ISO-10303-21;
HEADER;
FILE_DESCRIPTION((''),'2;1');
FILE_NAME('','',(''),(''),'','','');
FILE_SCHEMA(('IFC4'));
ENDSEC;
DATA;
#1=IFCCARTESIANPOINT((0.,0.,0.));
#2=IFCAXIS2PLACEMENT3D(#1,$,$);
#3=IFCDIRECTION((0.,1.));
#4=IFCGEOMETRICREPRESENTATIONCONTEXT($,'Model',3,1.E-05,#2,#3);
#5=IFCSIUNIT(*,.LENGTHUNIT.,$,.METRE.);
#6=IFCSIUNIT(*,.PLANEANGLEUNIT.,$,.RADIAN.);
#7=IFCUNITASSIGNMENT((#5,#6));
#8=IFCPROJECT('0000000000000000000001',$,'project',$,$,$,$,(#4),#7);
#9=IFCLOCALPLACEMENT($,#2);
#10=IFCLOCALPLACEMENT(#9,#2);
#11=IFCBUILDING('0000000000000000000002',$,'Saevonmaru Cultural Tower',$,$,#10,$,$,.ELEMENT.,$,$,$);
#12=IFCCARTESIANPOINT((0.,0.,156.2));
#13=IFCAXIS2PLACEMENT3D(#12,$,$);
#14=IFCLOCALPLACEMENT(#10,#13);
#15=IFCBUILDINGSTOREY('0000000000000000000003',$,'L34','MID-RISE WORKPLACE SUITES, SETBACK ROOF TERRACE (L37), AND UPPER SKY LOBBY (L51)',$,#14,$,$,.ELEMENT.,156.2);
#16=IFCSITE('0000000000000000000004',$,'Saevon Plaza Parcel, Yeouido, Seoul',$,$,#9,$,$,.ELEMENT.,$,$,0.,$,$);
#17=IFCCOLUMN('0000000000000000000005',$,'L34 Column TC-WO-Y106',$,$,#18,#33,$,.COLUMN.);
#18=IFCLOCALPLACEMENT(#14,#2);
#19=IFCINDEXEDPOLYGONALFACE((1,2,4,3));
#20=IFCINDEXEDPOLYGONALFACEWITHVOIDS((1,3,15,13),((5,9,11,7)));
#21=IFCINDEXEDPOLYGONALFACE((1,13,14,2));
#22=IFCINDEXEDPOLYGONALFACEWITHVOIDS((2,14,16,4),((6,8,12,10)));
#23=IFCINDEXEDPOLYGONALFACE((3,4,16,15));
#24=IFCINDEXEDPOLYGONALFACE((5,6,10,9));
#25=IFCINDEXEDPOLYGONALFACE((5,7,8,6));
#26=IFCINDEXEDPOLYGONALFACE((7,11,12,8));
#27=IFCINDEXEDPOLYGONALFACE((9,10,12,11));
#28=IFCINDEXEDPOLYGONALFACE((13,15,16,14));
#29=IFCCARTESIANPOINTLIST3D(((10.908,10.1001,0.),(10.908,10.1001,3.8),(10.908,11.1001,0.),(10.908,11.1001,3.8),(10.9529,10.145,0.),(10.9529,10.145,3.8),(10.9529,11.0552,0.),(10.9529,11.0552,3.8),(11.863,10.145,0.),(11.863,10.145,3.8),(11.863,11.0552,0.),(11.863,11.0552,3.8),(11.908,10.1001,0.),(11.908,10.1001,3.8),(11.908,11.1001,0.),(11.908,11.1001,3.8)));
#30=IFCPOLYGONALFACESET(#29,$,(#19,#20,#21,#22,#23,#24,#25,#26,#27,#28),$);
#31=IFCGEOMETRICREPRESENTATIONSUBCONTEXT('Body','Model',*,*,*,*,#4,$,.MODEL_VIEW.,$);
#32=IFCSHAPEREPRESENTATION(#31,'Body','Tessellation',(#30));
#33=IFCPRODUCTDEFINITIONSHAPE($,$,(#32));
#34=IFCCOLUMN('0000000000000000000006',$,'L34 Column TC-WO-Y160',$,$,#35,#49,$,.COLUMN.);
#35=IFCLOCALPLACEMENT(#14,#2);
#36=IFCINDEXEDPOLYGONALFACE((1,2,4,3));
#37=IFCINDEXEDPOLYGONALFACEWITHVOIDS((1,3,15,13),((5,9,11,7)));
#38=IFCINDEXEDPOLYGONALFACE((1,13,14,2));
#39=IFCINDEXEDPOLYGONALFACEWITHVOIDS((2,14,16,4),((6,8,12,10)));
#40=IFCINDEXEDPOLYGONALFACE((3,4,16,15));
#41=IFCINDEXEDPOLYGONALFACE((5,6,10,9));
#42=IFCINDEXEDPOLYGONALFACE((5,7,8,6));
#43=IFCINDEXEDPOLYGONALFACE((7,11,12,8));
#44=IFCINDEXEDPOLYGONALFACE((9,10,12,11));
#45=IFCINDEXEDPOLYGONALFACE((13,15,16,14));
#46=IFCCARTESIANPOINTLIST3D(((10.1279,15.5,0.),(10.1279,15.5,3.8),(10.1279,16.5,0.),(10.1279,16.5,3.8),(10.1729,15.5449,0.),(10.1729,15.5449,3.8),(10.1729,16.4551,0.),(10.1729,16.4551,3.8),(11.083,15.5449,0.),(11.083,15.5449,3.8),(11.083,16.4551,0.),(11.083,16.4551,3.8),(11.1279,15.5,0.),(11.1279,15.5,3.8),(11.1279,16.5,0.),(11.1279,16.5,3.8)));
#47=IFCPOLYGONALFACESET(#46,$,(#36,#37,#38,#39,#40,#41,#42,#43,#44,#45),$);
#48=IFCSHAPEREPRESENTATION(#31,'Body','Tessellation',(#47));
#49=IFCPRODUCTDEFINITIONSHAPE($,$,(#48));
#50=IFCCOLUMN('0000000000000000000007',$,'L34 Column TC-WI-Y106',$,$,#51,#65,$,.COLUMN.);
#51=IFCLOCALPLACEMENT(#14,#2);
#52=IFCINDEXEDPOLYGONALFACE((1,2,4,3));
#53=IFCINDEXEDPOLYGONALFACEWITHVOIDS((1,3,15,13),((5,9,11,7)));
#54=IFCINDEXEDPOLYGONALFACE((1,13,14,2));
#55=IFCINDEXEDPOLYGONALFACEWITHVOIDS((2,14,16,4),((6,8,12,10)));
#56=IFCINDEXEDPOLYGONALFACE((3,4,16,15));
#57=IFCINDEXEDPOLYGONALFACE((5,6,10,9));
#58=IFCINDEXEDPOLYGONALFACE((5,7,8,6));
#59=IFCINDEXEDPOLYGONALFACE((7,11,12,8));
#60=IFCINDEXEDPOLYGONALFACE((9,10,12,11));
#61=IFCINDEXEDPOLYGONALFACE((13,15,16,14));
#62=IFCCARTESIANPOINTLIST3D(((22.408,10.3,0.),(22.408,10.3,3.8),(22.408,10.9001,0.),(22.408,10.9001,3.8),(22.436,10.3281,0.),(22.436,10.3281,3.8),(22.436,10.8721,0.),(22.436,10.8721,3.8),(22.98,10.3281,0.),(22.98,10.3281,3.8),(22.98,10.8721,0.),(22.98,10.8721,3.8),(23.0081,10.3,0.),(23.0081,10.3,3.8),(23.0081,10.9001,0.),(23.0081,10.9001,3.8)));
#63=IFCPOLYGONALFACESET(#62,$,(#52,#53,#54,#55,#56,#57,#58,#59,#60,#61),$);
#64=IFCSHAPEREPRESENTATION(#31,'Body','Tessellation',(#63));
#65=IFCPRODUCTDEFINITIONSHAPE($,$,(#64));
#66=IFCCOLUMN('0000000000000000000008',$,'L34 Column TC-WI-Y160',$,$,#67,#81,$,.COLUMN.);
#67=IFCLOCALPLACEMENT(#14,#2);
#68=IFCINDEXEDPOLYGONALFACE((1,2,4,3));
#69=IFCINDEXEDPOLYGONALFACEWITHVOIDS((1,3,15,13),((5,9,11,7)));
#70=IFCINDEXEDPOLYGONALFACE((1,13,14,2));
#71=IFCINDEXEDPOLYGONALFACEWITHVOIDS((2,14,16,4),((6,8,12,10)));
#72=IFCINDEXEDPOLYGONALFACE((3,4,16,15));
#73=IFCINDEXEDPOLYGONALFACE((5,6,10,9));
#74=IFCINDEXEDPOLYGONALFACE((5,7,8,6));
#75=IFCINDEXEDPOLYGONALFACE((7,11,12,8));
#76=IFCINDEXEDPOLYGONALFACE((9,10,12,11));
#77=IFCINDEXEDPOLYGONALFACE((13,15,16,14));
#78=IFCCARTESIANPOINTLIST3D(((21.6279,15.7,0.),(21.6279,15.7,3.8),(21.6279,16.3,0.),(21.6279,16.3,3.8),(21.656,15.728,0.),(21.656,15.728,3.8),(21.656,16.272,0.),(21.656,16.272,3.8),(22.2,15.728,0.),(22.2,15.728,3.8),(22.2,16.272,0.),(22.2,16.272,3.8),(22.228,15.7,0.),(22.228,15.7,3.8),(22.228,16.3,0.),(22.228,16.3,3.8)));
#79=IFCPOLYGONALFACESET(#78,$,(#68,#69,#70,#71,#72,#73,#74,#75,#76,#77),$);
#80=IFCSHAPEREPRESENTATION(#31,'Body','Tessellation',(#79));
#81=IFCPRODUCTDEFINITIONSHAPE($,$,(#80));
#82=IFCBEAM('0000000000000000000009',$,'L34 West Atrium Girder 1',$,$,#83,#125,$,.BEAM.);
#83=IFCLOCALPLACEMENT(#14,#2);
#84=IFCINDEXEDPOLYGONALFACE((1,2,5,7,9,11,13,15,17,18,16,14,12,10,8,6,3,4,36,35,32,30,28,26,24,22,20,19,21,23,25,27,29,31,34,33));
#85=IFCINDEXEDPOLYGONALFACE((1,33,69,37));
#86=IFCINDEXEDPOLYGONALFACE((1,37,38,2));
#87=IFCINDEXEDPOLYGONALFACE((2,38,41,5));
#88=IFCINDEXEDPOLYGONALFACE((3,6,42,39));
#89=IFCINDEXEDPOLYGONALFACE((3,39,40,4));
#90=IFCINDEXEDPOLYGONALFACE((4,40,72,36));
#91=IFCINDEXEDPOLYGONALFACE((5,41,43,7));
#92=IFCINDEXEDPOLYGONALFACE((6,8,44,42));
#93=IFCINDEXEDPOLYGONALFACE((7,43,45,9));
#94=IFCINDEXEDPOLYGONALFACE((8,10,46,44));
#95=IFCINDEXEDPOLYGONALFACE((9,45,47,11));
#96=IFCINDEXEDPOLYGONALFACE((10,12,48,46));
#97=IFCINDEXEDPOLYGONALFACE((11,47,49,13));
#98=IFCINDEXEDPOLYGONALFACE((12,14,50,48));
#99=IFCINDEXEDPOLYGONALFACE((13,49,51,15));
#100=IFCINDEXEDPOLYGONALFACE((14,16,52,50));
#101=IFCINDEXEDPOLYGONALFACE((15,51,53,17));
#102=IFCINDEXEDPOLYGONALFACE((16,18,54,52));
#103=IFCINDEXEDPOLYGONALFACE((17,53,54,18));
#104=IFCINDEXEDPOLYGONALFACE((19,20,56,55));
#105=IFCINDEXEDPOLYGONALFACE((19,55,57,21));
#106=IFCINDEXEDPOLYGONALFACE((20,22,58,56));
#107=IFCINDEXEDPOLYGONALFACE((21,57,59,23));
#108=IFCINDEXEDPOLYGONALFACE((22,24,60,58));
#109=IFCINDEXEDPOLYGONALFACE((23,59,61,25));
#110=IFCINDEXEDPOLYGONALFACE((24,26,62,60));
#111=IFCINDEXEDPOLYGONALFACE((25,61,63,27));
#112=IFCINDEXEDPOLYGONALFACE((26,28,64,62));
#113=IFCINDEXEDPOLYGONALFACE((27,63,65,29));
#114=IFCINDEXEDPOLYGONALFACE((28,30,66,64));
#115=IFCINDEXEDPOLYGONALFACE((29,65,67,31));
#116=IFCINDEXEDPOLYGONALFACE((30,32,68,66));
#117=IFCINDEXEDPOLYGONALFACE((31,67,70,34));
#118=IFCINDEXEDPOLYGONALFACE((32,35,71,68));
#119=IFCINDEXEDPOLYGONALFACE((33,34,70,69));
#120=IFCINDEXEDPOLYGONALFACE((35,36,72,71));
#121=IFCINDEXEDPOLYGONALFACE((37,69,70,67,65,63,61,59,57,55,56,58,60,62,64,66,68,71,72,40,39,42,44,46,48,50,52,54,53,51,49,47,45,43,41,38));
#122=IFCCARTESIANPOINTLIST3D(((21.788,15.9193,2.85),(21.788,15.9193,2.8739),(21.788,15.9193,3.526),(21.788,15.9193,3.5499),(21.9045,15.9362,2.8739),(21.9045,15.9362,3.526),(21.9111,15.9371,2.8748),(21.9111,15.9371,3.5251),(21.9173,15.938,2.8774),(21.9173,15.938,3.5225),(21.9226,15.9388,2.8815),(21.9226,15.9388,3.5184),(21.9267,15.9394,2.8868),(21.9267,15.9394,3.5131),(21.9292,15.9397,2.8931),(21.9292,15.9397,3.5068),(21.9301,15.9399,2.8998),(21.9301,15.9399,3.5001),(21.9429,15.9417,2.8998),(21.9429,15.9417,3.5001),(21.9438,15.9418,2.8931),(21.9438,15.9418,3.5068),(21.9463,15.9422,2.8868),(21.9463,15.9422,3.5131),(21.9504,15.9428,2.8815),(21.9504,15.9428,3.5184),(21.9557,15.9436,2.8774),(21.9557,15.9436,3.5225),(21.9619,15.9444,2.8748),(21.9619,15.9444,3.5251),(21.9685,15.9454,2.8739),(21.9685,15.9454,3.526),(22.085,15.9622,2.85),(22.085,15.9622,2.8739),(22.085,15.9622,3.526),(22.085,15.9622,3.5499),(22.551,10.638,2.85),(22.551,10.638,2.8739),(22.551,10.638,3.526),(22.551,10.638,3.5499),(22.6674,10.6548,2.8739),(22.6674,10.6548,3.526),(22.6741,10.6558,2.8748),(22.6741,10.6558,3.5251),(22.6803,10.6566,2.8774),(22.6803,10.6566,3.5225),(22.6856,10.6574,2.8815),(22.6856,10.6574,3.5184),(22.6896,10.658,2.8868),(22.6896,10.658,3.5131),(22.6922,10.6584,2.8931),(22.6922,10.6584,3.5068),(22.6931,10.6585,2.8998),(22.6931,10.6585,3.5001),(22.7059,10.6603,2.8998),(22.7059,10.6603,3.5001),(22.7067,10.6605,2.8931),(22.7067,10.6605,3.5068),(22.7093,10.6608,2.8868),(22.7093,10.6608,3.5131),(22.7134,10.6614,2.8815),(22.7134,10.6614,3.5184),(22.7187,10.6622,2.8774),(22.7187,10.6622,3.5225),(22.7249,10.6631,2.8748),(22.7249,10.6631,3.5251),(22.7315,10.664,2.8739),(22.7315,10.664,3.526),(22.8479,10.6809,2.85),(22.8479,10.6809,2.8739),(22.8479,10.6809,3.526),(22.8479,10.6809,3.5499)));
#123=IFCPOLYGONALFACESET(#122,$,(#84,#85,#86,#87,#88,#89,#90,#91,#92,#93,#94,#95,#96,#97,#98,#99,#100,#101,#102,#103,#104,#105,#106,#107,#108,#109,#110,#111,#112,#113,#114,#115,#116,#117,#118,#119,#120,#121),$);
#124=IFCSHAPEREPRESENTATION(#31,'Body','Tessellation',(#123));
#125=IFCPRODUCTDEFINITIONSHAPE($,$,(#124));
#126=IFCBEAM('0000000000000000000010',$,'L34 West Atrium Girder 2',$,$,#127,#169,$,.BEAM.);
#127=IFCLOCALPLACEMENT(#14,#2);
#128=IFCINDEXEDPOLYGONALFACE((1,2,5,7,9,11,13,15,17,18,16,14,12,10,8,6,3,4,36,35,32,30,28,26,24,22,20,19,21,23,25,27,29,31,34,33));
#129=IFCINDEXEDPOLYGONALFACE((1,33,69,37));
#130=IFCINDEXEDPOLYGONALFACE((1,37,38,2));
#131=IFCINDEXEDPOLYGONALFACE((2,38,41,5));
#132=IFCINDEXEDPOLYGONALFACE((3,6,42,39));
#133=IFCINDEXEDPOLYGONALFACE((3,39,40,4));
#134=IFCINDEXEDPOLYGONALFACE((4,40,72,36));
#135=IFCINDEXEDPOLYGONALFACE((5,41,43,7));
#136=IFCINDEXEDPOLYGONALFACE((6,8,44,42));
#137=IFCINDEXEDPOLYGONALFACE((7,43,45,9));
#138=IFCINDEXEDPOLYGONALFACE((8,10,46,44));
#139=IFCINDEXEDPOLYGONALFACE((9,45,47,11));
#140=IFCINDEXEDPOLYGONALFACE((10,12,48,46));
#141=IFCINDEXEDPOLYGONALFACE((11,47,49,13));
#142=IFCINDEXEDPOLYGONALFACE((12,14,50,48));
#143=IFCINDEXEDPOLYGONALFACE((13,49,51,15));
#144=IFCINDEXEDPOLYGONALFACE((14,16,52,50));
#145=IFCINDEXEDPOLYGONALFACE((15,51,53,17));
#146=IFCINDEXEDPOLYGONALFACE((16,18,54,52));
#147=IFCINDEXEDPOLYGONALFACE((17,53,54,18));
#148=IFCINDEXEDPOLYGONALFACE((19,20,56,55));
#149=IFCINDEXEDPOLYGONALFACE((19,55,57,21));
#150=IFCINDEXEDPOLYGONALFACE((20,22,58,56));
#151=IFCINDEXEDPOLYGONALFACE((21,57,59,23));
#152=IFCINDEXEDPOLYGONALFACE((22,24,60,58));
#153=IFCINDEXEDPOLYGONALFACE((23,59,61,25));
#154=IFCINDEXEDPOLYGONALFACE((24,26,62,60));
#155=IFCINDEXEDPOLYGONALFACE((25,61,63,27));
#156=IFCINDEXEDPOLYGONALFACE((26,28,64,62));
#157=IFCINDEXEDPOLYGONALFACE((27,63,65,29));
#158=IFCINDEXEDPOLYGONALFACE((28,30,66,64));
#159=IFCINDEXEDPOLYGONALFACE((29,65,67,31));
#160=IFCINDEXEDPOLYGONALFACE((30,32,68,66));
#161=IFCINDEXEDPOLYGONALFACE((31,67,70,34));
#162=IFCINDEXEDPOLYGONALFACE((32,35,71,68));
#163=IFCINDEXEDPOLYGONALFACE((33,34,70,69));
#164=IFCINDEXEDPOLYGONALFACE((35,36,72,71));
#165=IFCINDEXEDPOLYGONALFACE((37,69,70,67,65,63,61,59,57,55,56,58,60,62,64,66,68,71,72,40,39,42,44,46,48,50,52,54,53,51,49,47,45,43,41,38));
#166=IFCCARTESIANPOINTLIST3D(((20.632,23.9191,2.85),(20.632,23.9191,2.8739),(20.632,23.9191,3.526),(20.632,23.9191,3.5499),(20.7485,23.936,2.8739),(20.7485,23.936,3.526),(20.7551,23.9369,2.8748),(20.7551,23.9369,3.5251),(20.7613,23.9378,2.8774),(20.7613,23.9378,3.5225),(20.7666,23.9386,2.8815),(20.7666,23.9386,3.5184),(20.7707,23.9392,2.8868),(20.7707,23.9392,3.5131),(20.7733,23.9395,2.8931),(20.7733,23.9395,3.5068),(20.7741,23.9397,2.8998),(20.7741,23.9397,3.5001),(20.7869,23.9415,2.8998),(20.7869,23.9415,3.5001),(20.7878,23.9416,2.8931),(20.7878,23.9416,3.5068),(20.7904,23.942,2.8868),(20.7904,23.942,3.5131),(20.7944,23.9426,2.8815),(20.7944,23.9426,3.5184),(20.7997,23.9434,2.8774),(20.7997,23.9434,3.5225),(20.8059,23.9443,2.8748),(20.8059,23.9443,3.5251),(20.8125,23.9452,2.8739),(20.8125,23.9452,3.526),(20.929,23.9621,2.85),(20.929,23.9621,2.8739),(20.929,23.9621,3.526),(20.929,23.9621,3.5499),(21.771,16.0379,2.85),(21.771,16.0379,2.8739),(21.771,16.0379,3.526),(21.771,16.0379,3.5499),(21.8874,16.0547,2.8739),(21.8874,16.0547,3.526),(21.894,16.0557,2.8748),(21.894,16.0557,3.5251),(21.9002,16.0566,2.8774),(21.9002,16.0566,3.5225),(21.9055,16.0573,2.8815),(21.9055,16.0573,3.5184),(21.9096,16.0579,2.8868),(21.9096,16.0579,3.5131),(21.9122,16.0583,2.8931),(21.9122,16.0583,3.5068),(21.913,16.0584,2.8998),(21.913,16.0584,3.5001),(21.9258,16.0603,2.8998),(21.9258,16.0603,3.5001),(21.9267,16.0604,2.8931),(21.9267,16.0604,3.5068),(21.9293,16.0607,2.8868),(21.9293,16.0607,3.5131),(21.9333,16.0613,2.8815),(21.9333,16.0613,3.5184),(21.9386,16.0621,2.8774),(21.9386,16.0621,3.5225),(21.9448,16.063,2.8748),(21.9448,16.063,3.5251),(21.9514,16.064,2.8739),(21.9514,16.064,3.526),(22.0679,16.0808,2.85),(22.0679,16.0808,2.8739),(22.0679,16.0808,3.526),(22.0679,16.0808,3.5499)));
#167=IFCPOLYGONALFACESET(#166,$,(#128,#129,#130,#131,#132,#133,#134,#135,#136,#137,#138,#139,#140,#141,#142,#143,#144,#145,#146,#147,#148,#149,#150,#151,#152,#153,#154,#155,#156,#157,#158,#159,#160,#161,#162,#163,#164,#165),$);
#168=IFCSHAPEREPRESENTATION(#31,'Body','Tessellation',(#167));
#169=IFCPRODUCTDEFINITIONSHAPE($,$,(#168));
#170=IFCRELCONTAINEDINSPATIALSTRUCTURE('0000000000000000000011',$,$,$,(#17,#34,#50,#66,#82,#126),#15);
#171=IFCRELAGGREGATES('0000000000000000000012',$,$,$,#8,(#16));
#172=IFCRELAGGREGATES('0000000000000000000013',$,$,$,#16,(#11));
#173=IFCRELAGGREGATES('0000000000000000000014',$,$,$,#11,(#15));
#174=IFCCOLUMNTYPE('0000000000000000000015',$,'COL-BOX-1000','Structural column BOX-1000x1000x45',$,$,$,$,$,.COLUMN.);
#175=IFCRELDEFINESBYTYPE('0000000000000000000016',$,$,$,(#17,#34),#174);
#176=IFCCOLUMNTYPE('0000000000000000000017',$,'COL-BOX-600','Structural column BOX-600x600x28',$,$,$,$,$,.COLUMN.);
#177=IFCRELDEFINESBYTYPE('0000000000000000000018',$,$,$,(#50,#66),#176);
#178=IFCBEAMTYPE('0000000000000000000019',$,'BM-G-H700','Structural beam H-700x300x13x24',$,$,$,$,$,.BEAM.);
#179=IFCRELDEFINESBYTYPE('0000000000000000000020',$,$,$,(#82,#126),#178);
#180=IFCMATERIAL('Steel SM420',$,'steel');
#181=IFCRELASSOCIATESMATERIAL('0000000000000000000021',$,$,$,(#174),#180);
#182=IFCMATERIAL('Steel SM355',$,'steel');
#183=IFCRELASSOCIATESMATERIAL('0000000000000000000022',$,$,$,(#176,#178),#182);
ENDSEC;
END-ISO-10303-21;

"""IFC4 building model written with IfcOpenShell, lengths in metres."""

from ifc_helpers import new_model, si_unit, direction, frame, origin, origin_2d, place, context, subcontext, project, spatial, hollow_rectangle, i_section, extrude, material, material_profile, profile_set, type_object, element, save


model = new_model("IFC4")

# Units and contexts
model_context = context("Model", 3, precision=1e-05, world=origin(), true_north=direction((0.0, 1.0)))
body_context = subcontext(model_context, "Body", "Model", "MODEL_VIEW")
ifc_project = project(units=[si_unit("LENGTHUNIT", "METRE"), si_unit("PLANEANGLEUNIT", "RADIAN")], contexts=[model_context])

# Site, building, storey
site_placement = place(None, origin())
site = spatial("IfcSite", under=ifc_project, at=site_placement, Name="Saevon Plaza Parcel, Yeouido, Seoul", CompositionType="ELEMENT", RefElevation=0.0)
building_placement = place(site_placement, origin())
building = spatial("IfcBuilding", under=site, at=building_placement, Name="Saevonmaru Cultural Tower", CompositionType="ELEMENT")
storey_placement = place(building_placement, frame((0.0, 0.0, 156.2)))
storey = spatial("IfcBuildingStorey", under=building, at=storey_placement, Name="L34", Description="MID-RISE WORKPLACE SUITES, SETBACK ROOF TERRACE (L37), AND UPPER SKY LOBBY (L51)", CompositionType="ELEMENT", Elevation=156.2)

# Columns
ifc_material_1 = material(Name="Steel SM420", Category="steel")
ifc_material_profile_1 = material_profile(ifc_material_1, hollow_rectangle(XDim=1.0, YDim=1.0, WallThickness=0.0449, at=origin_2d()), Name="BOX-1000x1000x45")
ifc_profile_set_1 = profile_set([ifc_material_profile_1], Name="Steel SM420")
column_type_1 = type_object("IfcColumnType", Name="COL-BOX-1000", Description="Structural column BOX-1000x1000x45", PredefinedType="COLUMN", material=ifc_profile_set_1)
for number, where, z_axis, x_axis, name in (
    (1, (11.408, 10.6001, 0.0), (0.0, 0.0, 1.0), (1.0, 0.0, 0.0), "L34 Column TC-WO-Y106"),
    (2, (10.6279, 16.0, 0.0), (0.0, 0.0, 1.0), (1.0, 0.0, 0.0), "L34 Column TC-WO-Y160"),
):
    element("IfcColumn", number, at=place(storey_placement, frame(where, z_axis=z_axis, x_axis=x_axis)), inside=storey, type_object=column_type_1, Name=name, PredefinedType="COLUMN", context=body_context, shape_type="SweptSolid", body=[
        extrude(hollow_rectangle(XDim=1.0, YDim=1.0, WallThickness=0.0449, at=origin_2d()), origin(), (0.0, 0.0, 1.0), 3.8),
    ])
ifc_material_2 = material(Name="Steel SM355", Category="steel")
ifc_material_profile_2 = material_profile(ifc_material_2, hollow_rectangle(XDim=0.6001, YDim=0.6001, WallThickness=0.0281, at=origin_2d()), Name="BOX-600x600x28")
ifc_profile_set_2 = profile_set([ifc_material_profile_2], Name="Steel SM355")
column_type_2 = type_object("IfcColumnType", Name="COL-BOX-600", Description="Structural column BOX-600x600x28", PredefinedType="COLUMN", material=ifc_profile_set_2)
for number, where, z_axis, x_axis, name in (
    (3, (22.708, 10.6001, 0.0), (0.0, 0.0, 1.0), (1.0, 0.0, 0.0), "L34 Column TC-WI-Y106"),
    (4, (21.928, 16.0, 0.0), (0.0, 0.0, 1.0), (1.0, 0.0, 0.0), "L34 Column TC-WI-Y160"),
):
    element("IfcColumn", number, at=place(storey_placement, frame(where, z_axis=z_axis, x_axis=x_axis)), inside=storey, type_object=column_type_2, Name=name, PredefinedType="COLUMN", context=body_context, shape_type="SweptSolid", body=[
        extrude(hollow_rectangle(XDim=0.6001, YDim=0.6001, WallThickness=0.0281, at=origin_2d()), origin(), (0.0, 0.0, 1.0), 3.8),
    ])

# Beams
ifc_material_profile_3 = material_profile(ifc_material_2, i_section(OverallWidth=0.3, OverallDepth=0.7, WebThickness=0.0129, FlangeThickness=0.0239, FilletRadius=0.0259, at=origin_2d()), Name="H-700x300x13x24")
ifc_profile_set_3 = profile_set([ifc_material_profile_3], Name="Steel SM355")
beam_type_1 = type_object("IfcBeamType", Name="BM-G-H700", Description="Structural beam H-700x300x13x24", PredefinedType="BEAM", material=ifc_profile_set_3)
beam_1_placement = place(storey_placement, frame((22.6995, 10.6594, 3.2), z_axis=(-0.142978, 0.989726, 0.0), x_axis=(-0.989726, -0.142978, 0.0)))
element("IfcBeam", 5, at=beam_1_placement, inside=storey, type_object=beam_type_1, Name="L34 West Atrium Girder 1", PredefinedType="BEAM", context=body_context, shape_type="SweptSolid", body=[
    extrude(i_section(OverallWidth=0.3, OverallDepth=0.7, WebThickness=0.0129, FlangeThickness=0.0239, FilletRadius=0.0259, at=origin_2d()), origin(), (0.0, 0.0, 1.0), 5.3362),
])
beam_2_placement = place(storey_placement, frame((21.9194, 16.0593, 3.2), z_axis=(-0.143022, 0.989719, 0.0), x_axis=(-0.989719, -0.143022, 0.0)))
element("IfcBeam", 6, at=beam_2_placement, inside=storey, type_object=beam_type_1, Name="L34 West Atrium Girder 2", PredefinedType="BEAM", context=body_context, shape_type="SweptSolid", body=[
    extrude(i_section(OverallWidth=0.3, OverallDepth=0.7, WebThickness=0.0129, FlangeThickness=0.0239, FilletRadius=0.0259, at=origin_2d()), origin(), (0.0, 0.0, 1.0), 7.9631),
])

save(model, "model.ifc")
